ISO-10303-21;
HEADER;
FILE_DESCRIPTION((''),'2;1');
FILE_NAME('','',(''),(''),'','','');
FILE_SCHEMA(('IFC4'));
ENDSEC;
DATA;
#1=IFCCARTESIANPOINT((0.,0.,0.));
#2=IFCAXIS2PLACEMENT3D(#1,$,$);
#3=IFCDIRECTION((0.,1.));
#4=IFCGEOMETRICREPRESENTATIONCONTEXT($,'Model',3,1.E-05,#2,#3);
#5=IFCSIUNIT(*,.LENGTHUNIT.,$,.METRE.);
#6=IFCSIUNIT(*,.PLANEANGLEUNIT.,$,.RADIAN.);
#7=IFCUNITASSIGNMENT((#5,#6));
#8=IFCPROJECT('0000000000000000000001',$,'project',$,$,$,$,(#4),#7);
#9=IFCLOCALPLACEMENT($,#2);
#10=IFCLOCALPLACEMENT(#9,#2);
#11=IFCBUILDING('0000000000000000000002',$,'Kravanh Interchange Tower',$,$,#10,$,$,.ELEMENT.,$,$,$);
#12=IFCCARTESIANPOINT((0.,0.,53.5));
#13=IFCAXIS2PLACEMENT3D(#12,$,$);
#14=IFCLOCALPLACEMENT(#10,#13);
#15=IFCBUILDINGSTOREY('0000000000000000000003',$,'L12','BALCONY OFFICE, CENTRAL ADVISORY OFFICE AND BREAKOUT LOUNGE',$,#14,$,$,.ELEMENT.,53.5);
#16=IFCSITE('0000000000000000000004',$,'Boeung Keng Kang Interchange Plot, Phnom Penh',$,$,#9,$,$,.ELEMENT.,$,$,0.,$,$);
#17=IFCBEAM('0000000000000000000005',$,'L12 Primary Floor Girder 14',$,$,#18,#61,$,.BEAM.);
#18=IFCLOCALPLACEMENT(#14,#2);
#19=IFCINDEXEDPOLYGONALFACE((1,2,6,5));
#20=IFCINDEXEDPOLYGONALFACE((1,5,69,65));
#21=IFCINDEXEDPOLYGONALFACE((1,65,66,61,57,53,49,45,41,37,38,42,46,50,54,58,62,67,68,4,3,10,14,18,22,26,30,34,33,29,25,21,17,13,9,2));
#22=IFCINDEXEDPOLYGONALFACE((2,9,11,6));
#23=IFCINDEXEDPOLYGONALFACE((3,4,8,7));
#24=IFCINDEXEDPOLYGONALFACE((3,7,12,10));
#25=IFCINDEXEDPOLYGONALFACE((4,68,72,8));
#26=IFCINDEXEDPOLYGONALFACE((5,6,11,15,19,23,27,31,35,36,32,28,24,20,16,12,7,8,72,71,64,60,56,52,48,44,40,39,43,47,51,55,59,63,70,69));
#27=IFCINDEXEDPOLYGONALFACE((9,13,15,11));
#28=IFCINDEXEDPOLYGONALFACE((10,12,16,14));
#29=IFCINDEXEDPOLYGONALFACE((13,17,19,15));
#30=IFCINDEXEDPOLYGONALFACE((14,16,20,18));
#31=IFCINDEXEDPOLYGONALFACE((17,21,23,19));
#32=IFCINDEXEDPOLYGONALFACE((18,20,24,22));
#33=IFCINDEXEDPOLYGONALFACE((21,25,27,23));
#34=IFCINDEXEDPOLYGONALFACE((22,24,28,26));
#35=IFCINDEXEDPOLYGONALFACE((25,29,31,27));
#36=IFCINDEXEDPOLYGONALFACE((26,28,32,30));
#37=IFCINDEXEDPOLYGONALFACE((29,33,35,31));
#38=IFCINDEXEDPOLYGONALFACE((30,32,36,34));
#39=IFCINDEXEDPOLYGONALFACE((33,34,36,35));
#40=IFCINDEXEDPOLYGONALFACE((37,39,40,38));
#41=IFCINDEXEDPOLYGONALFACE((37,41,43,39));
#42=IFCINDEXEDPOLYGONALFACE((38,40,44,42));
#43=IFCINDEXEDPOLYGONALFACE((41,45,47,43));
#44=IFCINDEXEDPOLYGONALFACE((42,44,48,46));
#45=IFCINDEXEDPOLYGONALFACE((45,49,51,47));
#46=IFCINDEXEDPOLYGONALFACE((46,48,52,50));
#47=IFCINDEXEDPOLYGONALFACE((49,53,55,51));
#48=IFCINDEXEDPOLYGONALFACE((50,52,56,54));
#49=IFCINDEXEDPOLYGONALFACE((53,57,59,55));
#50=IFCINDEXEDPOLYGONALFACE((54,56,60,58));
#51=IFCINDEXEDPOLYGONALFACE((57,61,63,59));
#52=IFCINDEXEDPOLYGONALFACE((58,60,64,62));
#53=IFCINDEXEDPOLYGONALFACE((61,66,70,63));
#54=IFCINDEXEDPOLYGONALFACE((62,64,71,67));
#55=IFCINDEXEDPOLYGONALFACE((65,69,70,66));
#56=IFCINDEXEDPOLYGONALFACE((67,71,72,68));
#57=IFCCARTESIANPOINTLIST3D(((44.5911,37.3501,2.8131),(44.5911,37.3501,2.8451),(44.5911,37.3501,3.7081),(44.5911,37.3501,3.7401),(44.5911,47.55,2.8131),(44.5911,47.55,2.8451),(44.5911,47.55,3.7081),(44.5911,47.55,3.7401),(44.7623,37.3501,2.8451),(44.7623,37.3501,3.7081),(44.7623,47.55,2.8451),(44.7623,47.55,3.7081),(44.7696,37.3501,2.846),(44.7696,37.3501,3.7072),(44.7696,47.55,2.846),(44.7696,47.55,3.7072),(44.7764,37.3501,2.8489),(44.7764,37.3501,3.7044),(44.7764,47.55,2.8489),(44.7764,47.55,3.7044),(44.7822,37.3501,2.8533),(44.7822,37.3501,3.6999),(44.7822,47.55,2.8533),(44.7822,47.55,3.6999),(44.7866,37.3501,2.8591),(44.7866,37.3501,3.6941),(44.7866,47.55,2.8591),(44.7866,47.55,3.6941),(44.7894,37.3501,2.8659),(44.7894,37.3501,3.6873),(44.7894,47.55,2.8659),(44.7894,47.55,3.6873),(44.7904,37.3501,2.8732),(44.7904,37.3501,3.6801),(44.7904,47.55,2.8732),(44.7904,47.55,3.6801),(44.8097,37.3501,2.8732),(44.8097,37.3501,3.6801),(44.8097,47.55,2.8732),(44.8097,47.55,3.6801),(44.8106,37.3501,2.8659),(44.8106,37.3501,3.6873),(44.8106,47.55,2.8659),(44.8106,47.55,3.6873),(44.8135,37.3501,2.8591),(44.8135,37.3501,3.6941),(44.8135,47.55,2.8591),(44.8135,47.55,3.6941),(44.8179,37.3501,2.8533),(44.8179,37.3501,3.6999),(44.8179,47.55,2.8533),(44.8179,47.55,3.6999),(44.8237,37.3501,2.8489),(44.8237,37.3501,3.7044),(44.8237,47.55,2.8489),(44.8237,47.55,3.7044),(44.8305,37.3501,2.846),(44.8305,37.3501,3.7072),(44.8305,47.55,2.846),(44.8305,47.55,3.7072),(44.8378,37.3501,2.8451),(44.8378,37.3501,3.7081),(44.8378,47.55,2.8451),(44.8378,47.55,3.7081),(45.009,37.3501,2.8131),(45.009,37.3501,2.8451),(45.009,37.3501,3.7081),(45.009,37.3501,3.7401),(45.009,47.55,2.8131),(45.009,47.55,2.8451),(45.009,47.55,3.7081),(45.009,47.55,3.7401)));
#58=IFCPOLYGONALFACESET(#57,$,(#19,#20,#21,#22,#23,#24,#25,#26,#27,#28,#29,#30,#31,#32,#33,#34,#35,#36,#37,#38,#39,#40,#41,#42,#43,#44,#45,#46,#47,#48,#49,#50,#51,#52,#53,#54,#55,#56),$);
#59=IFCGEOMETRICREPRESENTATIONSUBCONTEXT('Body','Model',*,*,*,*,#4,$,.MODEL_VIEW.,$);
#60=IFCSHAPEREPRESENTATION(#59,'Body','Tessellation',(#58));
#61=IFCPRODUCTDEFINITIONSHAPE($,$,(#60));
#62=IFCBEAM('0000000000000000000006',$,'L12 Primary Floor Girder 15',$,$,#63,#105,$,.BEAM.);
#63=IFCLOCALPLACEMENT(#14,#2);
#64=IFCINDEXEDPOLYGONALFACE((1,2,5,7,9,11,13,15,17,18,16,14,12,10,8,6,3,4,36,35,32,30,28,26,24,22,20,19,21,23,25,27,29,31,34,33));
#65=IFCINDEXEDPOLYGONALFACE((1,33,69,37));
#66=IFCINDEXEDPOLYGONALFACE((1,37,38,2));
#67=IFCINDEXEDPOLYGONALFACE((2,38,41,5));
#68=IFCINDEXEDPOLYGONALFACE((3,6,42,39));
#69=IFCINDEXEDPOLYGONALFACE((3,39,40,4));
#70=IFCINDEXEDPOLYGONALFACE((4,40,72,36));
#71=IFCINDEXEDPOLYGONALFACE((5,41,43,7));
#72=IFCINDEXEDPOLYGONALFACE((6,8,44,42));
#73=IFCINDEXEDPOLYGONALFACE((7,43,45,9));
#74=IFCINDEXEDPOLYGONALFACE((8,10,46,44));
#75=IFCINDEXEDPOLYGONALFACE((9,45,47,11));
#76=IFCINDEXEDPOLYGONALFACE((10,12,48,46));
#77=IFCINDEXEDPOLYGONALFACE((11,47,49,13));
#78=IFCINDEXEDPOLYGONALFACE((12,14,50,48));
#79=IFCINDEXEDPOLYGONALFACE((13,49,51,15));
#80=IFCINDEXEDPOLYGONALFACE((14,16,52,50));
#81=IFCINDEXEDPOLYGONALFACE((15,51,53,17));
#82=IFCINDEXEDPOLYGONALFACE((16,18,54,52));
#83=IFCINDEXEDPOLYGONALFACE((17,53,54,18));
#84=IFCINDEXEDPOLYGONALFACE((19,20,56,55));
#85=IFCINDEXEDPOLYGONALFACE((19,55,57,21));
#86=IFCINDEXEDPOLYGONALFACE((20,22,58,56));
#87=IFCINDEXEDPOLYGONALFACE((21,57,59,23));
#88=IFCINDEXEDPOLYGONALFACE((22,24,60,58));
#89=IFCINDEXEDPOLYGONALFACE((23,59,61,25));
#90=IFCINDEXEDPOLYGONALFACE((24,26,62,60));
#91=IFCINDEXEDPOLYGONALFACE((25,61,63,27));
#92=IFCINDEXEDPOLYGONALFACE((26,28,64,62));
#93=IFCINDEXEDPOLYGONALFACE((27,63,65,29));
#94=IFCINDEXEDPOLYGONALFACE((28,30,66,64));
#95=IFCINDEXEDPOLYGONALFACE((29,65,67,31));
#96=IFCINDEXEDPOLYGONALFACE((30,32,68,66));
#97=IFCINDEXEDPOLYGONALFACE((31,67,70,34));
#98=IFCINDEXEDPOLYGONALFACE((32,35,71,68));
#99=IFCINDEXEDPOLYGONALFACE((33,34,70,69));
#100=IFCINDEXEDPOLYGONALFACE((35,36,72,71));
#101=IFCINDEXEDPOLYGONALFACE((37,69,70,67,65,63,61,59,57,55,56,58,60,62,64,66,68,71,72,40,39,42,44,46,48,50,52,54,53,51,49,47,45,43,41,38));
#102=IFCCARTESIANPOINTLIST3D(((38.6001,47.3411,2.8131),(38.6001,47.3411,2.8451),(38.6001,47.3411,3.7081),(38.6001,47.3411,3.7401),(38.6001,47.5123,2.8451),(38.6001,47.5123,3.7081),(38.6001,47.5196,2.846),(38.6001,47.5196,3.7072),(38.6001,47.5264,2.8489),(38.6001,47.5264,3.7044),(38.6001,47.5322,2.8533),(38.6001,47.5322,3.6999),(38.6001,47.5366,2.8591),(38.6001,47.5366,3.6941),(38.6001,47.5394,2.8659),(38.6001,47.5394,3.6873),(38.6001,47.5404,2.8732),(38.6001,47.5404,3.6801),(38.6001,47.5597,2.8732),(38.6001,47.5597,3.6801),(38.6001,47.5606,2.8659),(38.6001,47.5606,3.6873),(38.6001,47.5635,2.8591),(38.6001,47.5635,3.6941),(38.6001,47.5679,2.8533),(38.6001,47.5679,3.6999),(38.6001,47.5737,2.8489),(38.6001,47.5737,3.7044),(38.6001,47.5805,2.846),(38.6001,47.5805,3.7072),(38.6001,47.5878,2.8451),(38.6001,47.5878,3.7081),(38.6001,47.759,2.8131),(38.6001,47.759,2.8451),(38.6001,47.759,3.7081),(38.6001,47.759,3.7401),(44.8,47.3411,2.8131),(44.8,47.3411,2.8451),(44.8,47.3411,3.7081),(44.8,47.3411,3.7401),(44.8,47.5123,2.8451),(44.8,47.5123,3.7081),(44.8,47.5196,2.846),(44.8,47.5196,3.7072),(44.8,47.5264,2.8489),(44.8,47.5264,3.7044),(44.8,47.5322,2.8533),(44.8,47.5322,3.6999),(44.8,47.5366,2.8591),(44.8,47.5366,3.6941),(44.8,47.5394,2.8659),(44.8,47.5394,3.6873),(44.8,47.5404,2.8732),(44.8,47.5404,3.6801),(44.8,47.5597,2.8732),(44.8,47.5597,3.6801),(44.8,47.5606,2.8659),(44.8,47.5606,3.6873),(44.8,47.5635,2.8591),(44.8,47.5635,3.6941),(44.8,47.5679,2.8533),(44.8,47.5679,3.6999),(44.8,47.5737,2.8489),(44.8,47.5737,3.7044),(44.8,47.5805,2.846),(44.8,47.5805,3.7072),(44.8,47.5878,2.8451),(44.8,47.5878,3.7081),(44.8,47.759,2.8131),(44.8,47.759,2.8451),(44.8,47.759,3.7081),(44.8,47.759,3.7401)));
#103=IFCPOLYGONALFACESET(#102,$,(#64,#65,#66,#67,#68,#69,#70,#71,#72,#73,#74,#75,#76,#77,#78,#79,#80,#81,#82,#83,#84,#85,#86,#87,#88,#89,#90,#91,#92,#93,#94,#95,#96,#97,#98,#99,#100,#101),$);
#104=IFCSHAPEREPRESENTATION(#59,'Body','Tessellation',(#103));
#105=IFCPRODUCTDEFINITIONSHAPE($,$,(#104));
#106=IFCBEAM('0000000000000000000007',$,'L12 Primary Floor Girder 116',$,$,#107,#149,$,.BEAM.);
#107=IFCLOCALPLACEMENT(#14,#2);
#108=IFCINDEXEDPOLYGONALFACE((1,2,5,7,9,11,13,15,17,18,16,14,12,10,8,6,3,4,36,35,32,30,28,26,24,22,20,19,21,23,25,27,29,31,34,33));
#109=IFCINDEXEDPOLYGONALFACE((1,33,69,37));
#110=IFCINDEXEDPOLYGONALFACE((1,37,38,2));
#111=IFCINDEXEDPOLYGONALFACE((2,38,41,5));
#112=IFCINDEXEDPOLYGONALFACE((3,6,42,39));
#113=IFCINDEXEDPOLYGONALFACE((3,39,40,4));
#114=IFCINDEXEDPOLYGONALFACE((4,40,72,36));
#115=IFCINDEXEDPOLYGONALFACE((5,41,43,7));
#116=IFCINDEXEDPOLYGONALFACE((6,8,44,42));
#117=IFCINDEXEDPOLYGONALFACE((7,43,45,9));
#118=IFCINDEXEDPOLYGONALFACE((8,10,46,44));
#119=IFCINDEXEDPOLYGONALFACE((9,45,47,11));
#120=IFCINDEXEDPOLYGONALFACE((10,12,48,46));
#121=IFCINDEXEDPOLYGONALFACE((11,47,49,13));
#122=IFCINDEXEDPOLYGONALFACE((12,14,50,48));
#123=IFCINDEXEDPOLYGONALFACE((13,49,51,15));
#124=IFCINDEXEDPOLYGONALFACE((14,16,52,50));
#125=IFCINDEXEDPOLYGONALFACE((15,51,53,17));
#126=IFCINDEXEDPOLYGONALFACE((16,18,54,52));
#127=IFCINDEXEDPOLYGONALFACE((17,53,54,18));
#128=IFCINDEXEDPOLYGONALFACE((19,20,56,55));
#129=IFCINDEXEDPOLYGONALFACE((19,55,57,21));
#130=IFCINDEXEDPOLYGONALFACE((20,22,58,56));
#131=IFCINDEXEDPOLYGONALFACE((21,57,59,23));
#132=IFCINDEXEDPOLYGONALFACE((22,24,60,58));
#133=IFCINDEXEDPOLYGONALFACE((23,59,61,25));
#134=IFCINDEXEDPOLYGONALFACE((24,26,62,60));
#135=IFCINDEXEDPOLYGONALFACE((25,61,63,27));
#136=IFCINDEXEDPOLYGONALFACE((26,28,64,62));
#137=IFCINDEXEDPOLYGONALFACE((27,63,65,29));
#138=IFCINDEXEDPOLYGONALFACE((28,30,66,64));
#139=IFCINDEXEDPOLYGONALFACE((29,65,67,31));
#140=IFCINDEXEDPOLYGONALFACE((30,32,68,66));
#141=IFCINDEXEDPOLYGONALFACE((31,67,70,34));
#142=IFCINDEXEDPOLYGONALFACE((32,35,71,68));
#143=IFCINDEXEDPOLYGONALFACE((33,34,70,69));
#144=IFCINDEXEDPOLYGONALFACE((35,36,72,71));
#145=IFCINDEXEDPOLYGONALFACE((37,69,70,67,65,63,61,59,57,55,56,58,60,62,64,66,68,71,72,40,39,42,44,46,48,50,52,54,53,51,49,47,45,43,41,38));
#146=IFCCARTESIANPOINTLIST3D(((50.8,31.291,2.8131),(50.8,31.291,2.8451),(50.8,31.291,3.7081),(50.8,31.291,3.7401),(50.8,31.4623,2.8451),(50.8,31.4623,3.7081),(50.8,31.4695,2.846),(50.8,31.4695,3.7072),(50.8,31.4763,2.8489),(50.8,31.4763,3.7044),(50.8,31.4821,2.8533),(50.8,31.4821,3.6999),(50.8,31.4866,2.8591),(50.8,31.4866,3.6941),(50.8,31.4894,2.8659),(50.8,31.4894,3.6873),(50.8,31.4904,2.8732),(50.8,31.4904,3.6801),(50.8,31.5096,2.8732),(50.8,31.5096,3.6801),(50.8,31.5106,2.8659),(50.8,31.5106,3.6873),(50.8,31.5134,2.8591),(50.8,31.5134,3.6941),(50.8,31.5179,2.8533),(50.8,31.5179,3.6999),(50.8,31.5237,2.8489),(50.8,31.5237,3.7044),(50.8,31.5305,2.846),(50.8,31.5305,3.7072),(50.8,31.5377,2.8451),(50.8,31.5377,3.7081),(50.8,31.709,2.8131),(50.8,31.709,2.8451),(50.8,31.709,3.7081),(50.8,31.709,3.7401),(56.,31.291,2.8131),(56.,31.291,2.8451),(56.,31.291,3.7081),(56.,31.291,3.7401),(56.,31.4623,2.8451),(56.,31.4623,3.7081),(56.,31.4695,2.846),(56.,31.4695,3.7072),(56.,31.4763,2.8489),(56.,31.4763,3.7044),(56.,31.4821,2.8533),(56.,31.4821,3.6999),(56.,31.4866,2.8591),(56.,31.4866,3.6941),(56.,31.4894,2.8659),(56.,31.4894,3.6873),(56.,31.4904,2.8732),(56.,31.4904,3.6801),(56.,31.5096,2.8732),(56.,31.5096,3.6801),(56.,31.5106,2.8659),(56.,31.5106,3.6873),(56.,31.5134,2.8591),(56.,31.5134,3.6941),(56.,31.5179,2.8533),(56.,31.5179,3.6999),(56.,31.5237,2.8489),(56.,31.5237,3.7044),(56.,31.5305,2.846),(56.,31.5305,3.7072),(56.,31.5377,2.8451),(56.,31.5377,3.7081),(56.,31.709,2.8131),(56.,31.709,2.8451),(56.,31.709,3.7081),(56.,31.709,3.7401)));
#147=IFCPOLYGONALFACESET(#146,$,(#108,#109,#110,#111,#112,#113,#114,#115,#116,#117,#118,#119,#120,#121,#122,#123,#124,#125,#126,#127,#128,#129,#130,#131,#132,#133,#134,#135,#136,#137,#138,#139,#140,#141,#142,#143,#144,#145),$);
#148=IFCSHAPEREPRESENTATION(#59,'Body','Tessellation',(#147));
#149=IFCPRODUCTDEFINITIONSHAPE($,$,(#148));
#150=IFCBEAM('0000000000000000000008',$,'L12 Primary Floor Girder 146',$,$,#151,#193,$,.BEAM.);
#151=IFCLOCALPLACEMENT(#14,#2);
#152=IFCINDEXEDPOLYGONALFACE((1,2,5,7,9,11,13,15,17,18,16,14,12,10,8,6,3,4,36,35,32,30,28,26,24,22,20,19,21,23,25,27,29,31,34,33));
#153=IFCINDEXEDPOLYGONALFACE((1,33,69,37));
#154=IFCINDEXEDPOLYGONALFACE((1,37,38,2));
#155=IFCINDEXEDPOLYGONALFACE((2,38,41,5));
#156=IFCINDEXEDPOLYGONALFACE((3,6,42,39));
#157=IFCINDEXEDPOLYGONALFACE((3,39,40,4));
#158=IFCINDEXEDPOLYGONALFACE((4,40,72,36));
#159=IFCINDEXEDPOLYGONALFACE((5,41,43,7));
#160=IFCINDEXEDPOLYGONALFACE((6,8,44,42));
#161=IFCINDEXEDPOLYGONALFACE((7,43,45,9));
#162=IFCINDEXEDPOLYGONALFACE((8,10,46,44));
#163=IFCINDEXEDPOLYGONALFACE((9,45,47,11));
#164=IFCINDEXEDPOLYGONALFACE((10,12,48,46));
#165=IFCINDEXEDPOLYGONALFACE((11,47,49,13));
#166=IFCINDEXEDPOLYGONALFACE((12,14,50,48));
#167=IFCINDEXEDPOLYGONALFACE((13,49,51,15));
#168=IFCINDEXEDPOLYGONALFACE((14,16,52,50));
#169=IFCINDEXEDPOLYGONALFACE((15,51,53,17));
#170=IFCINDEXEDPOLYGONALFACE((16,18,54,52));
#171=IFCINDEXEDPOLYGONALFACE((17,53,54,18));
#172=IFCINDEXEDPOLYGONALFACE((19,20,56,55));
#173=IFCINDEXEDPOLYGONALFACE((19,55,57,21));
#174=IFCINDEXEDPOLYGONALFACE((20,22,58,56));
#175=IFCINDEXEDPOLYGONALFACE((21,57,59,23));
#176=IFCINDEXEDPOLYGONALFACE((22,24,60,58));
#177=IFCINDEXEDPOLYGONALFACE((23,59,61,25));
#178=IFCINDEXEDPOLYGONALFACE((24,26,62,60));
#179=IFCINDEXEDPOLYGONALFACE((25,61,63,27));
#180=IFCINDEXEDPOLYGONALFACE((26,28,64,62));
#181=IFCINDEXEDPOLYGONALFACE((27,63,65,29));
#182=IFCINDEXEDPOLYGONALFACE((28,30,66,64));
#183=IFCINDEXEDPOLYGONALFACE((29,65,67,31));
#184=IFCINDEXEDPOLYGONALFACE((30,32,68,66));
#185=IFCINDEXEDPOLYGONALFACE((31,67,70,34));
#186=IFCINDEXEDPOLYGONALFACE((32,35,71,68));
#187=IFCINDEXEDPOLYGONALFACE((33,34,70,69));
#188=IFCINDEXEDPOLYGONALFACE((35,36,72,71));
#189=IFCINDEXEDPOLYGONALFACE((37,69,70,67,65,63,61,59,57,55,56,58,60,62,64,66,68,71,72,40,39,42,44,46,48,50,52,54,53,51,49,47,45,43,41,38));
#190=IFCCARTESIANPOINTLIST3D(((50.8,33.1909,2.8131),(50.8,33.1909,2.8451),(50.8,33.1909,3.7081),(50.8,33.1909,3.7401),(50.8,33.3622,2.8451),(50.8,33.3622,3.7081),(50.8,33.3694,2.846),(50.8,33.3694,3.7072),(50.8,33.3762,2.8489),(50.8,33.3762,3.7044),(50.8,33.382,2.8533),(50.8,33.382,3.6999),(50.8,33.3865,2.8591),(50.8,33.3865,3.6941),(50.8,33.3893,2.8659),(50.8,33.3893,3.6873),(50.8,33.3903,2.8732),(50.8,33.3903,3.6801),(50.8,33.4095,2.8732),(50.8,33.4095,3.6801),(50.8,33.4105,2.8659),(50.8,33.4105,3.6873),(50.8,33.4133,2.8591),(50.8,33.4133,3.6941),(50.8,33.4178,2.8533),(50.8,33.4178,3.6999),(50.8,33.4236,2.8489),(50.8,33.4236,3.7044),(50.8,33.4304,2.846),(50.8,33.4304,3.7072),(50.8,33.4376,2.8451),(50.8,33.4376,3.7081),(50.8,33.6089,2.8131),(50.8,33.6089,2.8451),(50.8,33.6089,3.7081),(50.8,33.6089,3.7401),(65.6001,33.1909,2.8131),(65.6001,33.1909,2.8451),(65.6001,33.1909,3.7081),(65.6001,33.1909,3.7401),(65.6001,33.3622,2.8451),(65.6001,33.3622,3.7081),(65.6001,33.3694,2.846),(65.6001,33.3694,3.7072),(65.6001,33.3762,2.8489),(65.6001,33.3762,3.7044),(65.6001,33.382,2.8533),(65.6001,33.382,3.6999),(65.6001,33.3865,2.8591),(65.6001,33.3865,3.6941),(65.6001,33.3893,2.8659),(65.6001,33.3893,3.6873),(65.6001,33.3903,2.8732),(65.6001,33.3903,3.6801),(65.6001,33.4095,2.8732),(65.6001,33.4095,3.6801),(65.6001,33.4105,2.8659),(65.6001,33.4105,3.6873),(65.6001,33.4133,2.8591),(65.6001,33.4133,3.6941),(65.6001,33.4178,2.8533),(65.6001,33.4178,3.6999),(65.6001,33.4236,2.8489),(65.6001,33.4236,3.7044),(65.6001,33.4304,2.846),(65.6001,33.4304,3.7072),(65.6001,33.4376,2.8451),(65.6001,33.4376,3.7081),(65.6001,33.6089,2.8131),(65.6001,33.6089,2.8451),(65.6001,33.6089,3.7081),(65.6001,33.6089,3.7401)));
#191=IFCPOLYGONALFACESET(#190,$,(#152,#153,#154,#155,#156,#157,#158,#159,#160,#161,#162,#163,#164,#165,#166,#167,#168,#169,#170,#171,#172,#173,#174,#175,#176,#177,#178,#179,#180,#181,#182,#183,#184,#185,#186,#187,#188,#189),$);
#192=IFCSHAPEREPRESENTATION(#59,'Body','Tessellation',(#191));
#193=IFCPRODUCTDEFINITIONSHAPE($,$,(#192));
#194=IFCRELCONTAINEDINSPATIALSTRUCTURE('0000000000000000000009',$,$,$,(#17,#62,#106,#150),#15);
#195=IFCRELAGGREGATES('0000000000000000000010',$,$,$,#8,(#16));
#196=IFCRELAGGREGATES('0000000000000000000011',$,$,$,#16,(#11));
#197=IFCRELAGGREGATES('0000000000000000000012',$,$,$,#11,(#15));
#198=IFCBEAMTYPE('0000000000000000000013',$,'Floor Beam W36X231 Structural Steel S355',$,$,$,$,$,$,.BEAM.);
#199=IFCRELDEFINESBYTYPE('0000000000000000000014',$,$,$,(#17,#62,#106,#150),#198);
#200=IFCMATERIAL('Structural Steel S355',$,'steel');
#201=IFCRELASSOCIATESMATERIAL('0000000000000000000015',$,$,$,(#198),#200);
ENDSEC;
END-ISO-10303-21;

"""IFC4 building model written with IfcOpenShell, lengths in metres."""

from ifc_helpers import new_model, si_unit, direction, frame, origin, origin_2d, place, context, subcontext, project, spatial, i_section, extrude, material, material_profile, profile_set, type_object, element, save


model = new_model("IFC4")

# Units and contexts
model_context = context("Model", 3, precision=1e-05, world=origin(), true_north=direction((0.0, 1.0)))
body_context = subcontext(model_context, "Body", "Model", "MODEL_VIEW")
ifc_project = project(units=[si_unit("LENGTHUNIT", "METRE"), si_unit("PLANEANGLEUNIT", "RADIAN")], contexts=[model_context])

# Site, building, storey
site_placement = place(None, origin())
site = spatial("IfcSite", under=ifc_project, at=site_placement, Name="Boeung Keng Kang Interchange Plot, Phnom Penh", CompositionType="ELEMENT", RefElevation=0.0)
building_placement = place(site_placement, origin())
building = spatial("IfcBuilding", under=site, at=building_placement, Name="Kravanh Interchange Tower", CompositionType="ELEMENT")
storey_placement = place(building_placement, frame((0.0, 0.0, 53.5)))
storey = spatial("IfcBuildingStorey", under=building, at=storey_placement, Name="L12", Description="BALCONY OFFICE, CENTRAL ADVISORY OFFICE AND BREAKOUT LOUNGE", CompositionType="ELEMENT", Elevation=53.5)

# Beams
ifc_material_1 = material(Name="Structural Steel S355", Category="steel")
ifc_material_profile_1 = material_profile(ifc_material_1, i_section(OverallWidth=0.418, OverallDepth=0.927, WebThickness=0.0193, FlangeThickness=0.032, FilletRadius=0.0281, at=origin_2d()), Name="W36X231")
ifc_profile_set_1 = profile_set([ifc_material_profile_1], Name="Structural Steel S355")
beam_type_1 = type_object("IfcBeamType", Name="Floor Beam W36X231 Structural Steel S355", PredefinedType="BEAM", material=ifc_profile_set_1)
beam_1_placement = place(storey_placement, frame((44.8, 37.3501, 3.2766), z_axis=(0.0, 1.0, 0.0), x_axis=(-1.0, 0.0, 0.0)))
element("IfcBeam", 1, at=beam_1_placement, inside=storey, type_object=beam_type_1, Name="L12 Primary Floor Girder 14", PredefinedType="BEAM", context=body_context, shape_type="SweptSolid", body=[
    extrude(i_section(OverallWidth=0.418, OverallDepth=0.927, WebThickness=0.0193, FlangeThickness=0.032, FilletRadius=0.0281, at=origin_2d()), origin(), (0.0, 0.0, 1.0), 10.2),
])
beam_2_placement = place(storey_placement, frame((44.8, 47.55, 3.2766), z_axis=(-1.0, 0.0, 0.0), x_axis=(0.0, -1.0, 0.0)))
element("IfcBeam", 2, at=beam_2_placement, inside=storey, type_object=beam_type_1, Name="L12 Primary Floor Girder 15", PredefinedType="BEAM", context=body_context, shape_type="SweptSolid", body=[
    extrude(i_section(OverallWidth=0.418, OverallDepth=0.927, WebThickness=0.0193, FlangeThickness=0.032, FilletRadius=0.0281, at=origin_2d()), origin(), (0.0, 0.0, 1.0), 6.2),
])
beam_3_placement = place(storey_placement, frame((50.8, 31.5, 3.2766), z_axis=(1.0, 0.0, 0.0), x_axis=(0.0, 1.0, 0.0)))
element("IfcBeam", 3, at=beam_3_placement, inside=storey, type_object=beam_type_1, Name="L12 Primary Floor Girder 116", PredefinedType="BEAM", context=body_context, shape_type="SweptSolid", body=[
    extrude(i_section(OverallWidth=0.418, OverallDepth=0.927, WebThickness=0.0193, FlangeThickness=0.032, FilletRadius=0.0281, at=origin_2d()), origin(), (0.0, 0.0, 1.0), 5.2),
])
beam_4_placement = place(storey_placement, frame((50.8, 33.3999, 3.2766), z_axis=(1.0, 0.0, 0.0), x_axis=(0.0, 1.0, 0.0)))
element("IfcBeam", 4, at=beam_4_placement, inside=storey, type_object=beam_type_1, Name="L12 Primary Floor Girder 146", PredefinedType="BEAM", context=body_context, shape_type="SweptSolid", body=[
    extrude(i_section(OverallWidth=0.418, OverallDepth=0.927, WebThickness=0.0193, FlangeThickness=0.032, FilletRadius=0.0281, at=origin_2d()), origin(), (0.0, 0.0, 1.0), 14.8),
])

save(model, "model.ifc")
